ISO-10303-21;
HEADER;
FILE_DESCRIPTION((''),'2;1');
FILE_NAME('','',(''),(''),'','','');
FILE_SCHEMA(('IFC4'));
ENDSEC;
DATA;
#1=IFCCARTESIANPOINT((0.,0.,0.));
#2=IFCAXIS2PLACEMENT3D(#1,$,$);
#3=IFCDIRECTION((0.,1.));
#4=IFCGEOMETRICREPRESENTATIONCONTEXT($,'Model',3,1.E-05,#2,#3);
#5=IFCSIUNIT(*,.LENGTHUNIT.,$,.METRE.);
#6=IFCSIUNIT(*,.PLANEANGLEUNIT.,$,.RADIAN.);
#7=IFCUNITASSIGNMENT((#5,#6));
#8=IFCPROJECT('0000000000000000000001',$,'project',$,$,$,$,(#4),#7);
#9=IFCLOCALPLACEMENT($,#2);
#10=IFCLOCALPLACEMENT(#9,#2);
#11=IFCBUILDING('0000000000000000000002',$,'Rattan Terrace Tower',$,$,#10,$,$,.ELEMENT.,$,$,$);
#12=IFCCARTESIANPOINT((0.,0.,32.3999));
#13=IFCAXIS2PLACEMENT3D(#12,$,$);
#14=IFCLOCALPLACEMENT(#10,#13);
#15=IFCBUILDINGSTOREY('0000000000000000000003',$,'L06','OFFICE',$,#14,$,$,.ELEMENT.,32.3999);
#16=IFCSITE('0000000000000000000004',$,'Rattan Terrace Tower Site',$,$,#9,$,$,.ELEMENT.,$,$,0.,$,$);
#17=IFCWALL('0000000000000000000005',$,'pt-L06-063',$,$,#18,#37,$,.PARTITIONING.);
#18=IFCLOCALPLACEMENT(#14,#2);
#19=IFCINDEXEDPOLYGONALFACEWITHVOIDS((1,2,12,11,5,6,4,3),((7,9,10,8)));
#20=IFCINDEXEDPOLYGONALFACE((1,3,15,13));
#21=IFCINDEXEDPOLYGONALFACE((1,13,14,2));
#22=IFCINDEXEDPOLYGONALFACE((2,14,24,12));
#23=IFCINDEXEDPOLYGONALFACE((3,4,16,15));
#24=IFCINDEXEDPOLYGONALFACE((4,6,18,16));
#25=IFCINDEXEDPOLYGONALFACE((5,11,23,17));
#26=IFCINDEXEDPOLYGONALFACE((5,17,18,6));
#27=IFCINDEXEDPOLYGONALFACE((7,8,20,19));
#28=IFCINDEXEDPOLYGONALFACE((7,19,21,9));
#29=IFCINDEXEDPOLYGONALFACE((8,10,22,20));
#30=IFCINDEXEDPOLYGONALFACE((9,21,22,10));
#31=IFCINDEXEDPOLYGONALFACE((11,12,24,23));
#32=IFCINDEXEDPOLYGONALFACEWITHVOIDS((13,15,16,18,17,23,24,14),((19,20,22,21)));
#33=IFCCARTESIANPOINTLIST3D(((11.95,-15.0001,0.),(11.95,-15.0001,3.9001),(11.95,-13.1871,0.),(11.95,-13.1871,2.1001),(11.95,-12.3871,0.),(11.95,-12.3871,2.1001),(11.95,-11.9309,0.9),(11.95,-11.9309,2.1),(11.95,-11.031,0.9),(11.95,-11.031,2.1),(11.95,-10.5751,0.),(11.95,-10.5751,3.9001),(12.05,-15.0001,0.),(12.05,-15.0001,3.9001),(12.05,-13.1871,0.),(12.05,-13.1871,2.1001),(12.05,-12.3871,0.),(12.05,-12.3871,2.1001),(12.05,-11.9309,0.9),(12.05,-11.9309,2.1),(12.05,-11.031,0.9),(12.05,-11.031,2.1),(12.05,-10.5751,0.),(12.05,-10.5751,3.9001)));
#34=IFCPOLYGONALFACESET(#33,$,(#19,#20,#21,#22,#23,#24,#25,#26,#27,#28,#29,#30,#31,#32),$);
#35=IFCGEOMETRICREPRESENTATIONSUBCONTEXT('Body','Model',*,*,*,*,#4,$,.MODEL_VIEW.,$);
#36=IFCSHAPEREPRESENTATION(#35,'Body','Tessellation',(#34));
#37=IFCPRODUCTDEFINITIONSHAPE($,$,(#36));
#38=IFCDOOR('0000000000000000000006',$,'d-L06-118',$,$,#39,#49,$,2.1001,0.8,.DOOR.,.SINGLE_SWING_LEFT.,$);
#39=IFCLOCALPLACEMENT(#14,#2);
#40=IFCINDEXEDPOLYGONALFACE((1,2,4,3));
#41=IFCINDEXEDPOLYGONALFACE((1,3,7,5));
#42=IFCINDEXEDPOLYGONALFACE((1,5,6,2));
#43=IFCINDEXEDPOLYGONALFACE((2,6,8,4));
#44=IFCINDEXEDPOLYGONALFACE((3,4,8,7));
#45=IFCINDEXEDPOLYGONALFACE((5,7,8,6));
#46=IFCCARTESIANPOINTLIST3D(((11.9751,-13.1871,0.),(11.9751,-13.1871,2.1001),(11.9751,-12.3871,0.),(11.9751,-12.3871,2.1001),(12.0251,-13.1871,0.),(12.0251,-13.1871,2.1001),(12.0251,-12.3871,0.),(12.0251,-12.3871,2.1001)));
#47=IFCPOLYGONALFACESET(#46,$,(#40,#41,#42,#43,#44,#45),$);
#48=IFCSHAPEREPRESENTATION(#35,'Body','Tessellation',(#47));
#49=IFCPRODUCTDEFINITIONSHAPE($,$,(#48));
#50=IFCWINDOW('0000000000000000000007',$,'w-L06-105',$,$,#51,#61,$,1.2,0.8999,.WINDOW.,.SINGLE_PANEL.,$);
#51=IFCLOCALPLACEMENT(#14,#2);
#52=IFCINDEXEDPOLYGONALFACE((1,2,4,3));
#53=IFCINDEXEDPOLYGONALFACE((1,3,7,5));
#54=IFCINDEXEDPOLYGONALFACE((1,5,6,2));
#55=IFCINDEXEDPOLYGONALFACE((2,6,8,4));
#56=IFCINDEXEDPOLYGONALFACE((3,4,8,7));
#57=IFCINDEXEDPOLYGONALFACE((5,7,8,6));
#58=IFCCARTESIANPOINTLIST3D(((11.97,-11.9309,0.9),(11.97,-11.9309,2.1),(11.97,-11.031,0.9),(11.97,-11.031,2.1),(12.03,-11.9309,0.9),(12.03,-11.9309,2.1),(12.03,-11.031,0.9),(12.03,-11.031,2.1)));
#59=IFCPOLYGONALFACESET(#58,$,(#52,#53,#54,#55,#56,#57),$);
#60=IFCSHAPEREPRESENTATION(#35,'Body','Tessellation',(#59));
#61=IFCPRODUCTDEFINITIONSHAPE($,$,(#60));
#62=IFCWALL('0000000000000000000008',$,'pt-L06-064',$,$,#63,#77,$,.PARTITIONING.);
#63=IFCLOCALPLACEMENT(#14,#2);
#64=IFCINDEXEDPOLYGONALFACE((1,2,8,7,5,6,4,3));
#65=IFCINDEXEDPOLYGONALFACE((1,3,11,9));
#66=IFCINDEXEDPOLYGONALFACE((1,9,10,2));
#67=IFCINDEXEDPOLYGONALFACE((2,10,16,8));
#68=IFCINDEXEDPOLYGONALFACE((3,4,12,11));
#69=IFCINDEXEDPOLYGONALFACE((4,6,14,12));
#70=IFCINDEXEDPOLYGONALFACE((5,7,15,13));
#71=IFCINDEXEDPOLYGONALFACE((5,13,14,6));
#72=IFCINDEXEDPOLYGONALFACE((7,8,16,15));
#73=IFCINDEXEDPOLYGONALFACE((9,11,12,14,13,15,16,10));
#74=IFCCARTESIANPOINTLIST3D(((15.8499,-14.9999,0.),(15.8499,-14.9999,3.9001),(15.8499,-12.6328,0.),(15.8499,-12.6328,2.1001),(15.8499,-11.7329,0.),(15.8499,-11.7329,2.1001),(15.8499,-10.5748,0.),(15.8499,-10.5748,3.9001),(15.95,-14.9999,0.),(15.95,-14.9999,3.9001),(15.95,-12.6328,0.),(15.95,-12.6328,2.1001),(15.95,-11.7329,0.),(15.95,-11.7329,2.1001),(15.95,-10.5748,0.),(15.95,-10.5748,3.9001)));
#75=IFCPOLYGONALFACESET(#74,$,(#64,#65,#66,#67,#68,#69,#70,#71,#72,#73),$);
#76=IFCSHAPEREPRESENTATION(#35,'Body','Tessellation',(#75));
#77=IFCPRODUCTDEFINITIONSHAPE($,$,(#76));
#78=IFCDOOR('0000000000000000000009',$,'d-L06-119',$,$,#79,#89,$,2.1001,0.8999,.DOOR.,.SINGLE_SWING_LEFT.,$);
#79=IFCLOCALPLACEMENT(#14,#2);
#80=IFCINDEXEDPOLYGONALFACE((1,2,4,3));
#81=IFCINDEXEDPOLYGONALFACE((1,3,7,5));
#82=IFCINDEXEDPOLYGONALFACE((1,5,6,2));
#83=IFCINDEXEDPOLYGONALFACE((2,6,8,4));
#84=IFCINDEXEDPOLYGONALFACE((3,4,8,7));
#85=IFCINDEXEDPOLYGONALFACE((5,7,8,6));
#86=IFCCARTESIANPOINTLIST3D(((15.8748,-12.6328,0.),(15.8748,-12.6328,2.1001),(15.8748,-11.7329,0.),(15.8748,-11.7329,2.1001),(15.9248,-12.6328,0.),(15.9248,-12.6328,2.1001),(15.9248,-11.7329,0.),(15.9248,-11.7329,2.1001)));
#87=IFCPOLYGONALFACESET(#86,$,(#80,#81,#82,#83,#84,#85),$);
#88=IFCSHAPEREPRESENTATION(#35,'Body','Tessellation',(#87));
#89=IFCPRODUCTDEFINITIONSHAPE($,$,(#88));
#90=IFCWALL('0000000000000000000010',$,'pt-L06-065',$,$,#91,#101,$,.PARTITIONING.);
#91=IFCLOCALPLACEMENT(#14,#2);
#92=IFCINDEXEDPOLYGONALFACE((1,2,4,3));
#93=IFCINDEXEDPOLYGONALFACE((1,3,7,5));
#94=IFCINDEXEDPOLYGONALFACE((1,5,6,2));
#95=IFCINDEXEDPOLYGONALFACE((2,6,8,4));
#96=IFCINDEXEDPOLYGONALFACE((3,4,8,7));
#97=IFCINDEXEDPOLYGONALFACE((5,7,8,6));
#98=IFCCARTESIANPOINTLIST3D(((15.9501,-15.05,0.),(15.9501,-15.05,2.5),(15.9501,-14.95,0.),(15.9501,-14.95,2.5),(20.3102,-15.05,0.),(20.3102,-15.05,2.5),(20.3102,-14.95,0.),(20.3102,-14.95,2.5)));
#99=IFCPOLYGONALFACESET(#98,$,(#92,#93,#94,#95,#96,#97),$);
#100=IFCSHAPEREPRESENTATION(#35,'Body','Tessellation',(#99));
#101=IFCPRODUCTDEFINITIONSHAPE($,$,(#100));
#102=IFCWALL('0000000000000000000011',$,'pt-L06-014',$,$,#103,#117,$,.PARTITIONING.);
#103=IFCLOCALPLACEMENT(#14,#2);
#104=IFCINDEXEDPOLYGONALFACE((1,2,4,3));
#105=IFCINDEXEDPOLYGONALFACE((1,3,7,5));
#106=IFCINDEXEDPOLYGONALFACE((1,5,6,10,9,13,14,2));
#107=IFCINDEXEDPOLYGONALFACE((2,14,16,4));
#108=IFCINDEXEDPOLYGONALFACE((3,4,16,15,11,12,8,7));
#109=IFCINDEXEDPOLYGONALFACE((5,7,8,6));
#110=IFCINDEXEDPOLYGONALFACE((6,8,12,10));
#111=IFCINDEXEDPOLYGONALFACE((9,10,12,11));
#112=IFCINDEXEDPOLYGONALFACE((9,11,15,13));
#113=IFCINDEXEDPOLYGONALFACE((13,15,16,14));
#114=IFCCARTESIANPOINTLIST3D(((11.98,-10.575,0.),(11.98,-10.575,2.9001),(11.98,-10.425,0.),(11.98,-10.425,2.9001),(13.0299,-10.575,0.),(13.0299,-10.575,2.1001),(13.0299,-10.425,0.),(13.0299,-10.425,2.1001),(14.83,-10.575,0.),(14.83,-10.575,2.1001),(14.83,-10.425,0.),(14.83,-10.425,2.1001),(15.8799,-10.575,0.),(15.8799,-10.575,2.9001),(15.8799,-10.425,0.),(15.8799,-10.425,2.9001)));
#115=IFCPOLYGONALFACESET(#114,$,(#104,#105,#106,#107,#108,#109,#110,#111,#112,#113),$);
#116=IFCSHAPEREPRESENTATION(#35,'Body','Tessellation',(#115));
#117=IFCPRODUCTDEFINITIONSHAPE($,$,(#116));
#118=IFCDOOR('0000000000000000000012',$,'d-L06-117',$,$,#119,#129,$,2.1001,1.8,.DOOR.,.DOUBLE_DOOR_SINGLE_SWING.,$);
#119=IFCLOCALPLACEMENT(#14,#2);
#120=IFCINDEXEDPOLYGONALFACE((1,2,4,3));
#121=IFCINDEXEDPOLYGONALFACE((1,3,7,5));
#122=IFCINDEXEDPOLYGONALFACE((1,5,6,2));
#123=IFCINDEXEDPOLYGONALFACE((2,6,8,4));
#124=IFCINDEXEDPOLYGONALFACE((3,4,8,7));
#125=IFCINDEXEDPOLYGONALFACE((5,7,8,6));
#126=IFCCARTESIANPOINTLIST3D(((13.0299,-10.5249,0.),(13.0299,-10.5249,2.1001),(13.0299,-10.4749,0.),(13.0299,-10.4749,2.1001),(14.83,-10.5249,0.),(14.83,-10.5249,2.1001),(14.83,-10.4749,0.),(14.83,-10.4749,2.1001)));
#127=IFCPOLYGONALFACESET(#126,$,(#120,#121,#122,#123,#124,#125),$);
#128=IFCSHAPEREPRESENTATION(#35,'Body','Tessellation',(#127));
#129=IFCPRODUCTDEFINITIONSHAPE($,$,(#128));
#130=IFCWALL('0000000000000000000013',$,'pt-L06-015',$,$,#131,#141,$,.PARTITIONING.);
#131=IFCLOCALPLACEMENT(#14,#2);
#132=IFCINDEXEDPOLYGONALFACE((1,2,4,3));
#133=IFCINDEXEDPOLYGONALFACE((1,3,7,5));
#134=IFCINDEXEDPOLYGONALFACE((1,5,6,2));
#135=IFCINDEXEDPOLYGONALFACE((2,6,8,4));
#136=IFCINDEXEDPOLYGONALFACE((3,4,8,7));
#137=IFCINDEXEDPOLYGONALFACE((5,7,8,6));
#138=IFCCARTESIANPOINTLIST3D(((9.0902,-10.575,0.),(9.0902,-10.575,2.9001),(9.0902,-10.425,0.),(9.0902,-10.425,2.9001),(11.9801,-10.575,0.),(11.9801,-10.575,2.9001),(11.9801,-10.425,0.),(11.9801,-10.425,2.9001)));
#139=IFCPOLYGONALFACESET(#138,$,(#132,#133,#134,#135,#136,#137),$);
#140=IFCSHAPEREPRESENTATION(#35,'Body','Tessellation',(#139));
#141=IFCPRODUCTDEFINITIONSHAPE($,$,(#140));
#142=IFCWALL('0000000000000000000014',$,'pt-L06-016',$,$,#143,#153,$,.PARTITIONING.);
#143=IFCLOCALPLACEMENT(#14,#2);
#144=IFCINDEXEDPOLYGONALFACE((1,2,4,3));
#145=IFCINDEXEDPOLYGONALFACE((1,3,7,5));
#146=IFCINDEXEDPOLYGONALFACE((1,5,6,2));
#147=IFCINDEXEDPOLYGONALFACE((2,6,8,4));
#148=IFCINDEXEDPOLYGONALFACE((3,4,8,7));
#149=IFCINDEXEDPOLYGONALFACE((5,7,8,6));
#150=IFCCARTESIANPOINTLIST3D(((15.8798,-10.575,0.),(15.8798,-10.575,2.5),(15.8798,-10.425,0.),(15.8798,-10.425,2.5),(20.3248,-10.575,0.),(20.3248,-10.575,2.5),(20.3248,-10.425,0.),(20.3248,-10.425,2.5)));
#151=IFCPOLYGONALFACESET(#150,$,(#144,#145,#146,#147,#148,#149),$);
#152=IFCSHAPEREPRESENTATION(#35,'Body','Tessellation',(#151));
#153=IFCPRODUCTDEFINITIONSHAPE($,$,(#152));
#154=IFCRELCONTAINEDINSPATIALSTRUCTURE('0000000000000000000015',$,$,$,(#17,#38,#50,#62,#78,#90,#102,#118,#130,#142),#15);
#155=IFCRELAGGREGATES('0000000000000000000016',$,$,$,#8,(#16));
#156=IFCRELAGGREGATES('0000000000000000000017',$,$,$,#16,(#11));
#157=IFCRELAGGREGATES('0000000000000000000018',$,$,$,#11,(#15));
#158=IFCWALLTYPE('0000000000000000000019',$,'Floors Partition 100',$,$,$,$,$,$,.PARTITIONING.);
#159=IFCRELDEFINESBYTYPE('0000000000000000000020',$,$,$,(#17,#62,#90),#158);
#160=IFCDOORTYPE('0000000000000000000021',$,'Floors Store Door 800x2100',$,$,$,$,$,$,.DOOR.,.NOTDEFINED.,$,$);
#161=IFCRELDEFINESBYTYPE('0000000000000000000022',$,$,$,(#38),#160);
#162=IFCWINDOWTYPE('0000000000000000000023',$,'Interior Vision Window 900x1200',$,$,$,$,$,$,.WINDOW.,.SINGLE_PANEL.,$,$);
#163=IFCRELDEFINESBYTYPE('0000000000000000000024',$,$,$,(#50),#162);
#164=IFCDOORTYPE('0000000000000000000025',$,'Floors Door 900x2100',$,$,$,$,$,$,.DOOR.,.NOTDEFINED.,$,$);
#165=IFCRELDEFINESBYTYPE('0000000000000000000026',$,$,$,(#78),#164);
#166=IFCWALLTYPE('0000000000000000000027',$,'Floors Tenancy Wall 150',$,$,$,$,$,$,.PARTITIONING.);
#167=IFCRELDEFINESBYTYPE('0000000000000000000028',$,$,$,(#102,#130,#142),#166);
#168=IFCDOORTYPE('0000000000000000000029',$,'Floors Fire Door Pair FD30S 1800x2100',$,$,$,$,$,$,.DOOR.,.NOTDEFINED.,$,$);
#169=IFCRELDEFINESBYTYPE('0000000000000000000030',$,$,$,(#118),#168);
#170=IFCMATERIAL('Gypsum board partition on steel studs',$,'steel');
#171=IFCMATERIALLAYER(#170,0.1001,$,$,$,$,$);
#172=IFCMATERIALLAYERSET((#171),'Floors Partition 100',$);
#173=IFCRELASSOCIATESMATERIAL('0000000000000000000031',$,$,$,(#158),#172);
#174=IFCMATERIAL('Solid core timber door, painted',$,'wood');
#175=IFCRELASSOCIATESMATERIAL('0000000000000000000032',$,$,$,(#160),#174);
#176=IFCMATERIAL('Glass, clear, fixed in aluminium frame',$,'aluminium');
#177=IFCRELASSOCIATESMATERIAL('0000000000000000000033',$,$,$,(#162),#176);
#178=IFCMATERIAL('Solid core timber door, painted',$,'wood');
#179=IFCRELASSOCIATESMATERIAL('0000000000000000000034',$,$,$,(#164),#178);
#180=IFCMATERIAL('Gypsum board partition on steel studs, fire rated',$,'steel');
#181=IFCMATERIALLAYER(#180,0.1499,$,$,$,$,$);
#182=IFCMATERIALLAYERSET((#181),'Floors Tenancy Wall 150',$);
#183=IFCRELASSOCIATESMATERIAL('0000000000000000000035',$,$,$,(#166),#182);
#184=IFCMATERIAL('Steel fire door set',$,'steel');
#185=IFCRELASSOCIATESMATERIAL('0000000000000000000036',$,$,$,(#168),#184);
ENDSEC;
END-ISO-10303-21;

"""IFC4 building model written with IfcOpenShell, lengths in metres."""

from ifc_helpers import new_model, si_unit, direction, frame, frame_2d, origin, place, context, subcontext, project, spatial, rectangle, extrude, material, layer, layer_set, type_object, element, fill, save


model = new_model("IFC4")

# Units and contexts
model_context = context("Model", 3, precision=1e-05, world=origin(), true_north=direction((0.0, 1.0)))
body_context = subcontext(model_context, "Body", "Model", "MODEL_VIEW")
ifc_project = project(units=[si_unit("LENGTHUNIT", "METRE"), si_unit("PLANEANGLEUNIT", "RADIAN")], contexts=[model_context])

# Site, building, storey
site_placement = place(None, origin())
site = spatial("IfcSite", under=ifc_project, at=site_placement, Name="Rattan Terrace Tower Site", CompositionType="ELEMENT", RefElevation=0.0)
building_placement = place(site_placement, origin())
building = spatial("IfcBuilding", under=site, at=building_placement, Name="Rattan Terrace Tower", CompositionType="ELEMENT")
storey_placement = place(building_placement, frame((0.0, 0.0, 32.3999)))
storey = spatial("IfcBuildingStorey", under=building, at=storey_placement, Name="L06", Description="OFFICE", CompositionType="ELEMENT", Elevation=32.3999)

# Shared definitions
ifc_material_1 = material(Name="Gypsum board partition on steel studs", Category="steel")
ifc_layer_1 = layer(ifc_material_1, 0.1001)
ifc_layer_set_1 = layer_set([ifc_layer_1], Name="Floors Partition 100")
wall_type_1 = type_object("IfcWallType", Name="Floors Partition 100", PredefinedType="PARTITIONING", material=ifc_layer_set_1)

# Wall, openings, door, window
wall_1_placement = place(storey_placement, frame((12.0, -15.0, 0.0), z_axis=(0.0, 0.0, 1.0), x_axis=(0.0, 1.0, 0.0)))
wall_1 = element("IfcWall", 1, at=wall_1_placement, inside=storey, type_object=wall_type_1, Name="pt-L06-063", PredefinedType="PARTITIONING", context=body_context, shape_type="SweptSolid", body=[
    extrude(rectangle(XDim=4.425, YDim=0.1001, at=frame_2d((2.2124, 0.0))), origin(), (0.0, 0.0, 1.0), 3.9001),
])
opening_1_placement = place(wall_1_placement, frame((1.813, 0.0, 0.0)))
opening_1 = element("IfcOpeningElement", 2, at=opening_1_placement, cuts=wall_1, PredefinedType="OPENING", context=body_context, shape_type="SweptSolid", body=[
    extrude(rectangle(XDim=0.8, YDim=2.1001, at=frame_2d((0.3999, 1.05))), frame((0.0, 0.0605, 0.0), z_axis=(0.0, -1.0, 0.0), x_axis=(1.0, 0.0, 0.0)), (0.0, 0.0, 1.0), 0.1211),
])
opening_2_placement = place(wall_1_placement, frame((3.0691, 0.0, 0.8999)))
opening_2 = element("IfcOpeningElement", 3, at=opening_2_placement, cuts=wall_1, PredefinedType="OPENING", context=body_context, shape_type="SweptSolid", body=[
    extrude(rectangle(XDim=0.8999, YDim=1.2, at=frame_2d((0.45, 0.6001))), frame((0.0, 0.0605, 0.0), z_axis=(0.0, -1.0, 0.0), x_axis=(1.0, 0.0, 0.0)), (0.0, 0.0, 1.0), 0.1211),
])
ifc_material_2 = material(Name="Solid core timber door, painted", Category="wood")
door_type_1 = type_object("IfcDoorType", Name="Floors Store Door 800x2100", OperationType="NOTDEFINED", PredefinedType="DOOR", material=ifc_material_2)
door_1_placement = place(opening_1_placement, origin())
door_1 = element("IfcDoor", 4, at=door_1_placement, inside=storey, type_object=door_type_1, Name="d-L06-118", OperationType="SINGLE_SWING_LEFT", OverallHeight=2.1001, OverallWidth=0.8, PredefinedType="DOOR", context=body_context, shape_type="SweptSolid", body=[
    extrude(rectangle(XDim=0.8, YDim=2.1001, at=frame_2d((0.3999, 1.05))), frame((0.0, 0.0249, 0.0), z_axis=(0.0, -1.0, 0.0), x_axis=(1.0, 0.0, 0.0)), (0.0, 0.0, 1.0), 0.05),
])
fill(opening_1, door_1)
ifc_material_3 = material(Name="Glass, clear, fixed in aluminium frame", Category="aluminium")
window_type_1 = type_object("IfcWindowType", Name="Interior Vision Window 900x1200", PartitioningType="SINGLE_PANEL", PredefinedType="WINDOW", material=ifc_material_3)
window_1_placement = place(opening_2_placement, origin())
window_1 = element("IfcWindow", 5, at=window_1_placement, inside=storey, type_object=window_type_1, Name="w-L06-105", OverallHeight=1.2, OverallWidth=0.8999, PartitioningType="SINGLE_PANEL", PredefinedType="WINDOW", context=body_context, shape_type="SweptSolid", body=[
    extrude(rectangle(XDim=0.8999, YDim=1.2, at=frame_2d((0.45, 0.6001))), frame((0.0, 0.03, 0.0), z_axis=(0.0, -1.0, 0.0), x_axis=(1.0, 0.0, 0.0)), (0.0, 0.0, 1.0), 0.0601),
])
fill(opening_2, window_1)

# Wall, opening, door
wall_2_placement = place(storey_placement, frame((15.8999, -10.575, 0.0), z_axis=(0.0, 0.0, 1.0), x_axis=(0.0, -1.0, 0.0)))
wall_2 = element("IfcWall", 6, at=wall_2_placement, inside=storey, type_object=wall_type_1, Name="pt-L06-064", PredefinedType="PARTITIONING", context=body_context, shape_type="SweptSolid", body=[
    extrude(rectangle(XDim=4.425, YDim=0.1001, at=frame_2d((2.2124, 0.0))), origin(), (0.0, 0.0, 1.0), 3.9001),
])
opening_3_placement = place(wall_2_placement, frame((1.158, 0.0, 0.0)))
opening_3 = element("IfcOpeningElement", 7, at=opening_3_placement, cuts=wall_2, PredefinedType="OPENING", context=body_context, shape_type="SweptSolid", body=[
    extrude(rectangle(XDim=0.8999, YDim=2.1001, at=frame_2d((0.45, 1.05))), frame((0.0, 0.0605, 0.0), z_axis=(0.0, -1.0, 0.0), x_axis=(1.0, 0.0, 0.0)), (0.0, 0.0, 1.0), 0.1211),
])
ifc_material_4 = material(Name="Solid core timber door, painted", Category="wood")
door_type_2 = type_object("IfcDoorType", Name="Floors Door 900x2100", OperationType="NOTDEFINED", PredefinedType="DOOR", material=ifc_material_4)
door_2_placement = place(opening_3_placement, origin())
door_2 = element("IfcDoor", 8, at=door_2_placement, inside=storey, type_object=door_type_2, Name="d-L06-119", OperationType="SINGLE_SWING_LEFT", OverallHeight=2.1001, OverallWidth=0.8999, PredefinedType="DOOR", context=body_context, shape_type="SweptSolid", body=[
    extrude(rectangle(XDim=0.8999, YDim=2.1001, at=frame_2d((0.45, 1.05))), frame((0.0, 0.0249, 0.0), z_axis=(0.0, -1.0, 0.0), x_axis=(1.0, 0.0, 0.0)), (0.0, 0.0, 1.0), 0.05),
])
fill(opening_3, door_2)

# Wall
wall_3_placement = place(storey_placement, frame((15.95, -15.0, 0.0), z_axis=(0.0, 0.0, 1.0), x_axis=(1.0, 0.0, 0.0)))
element("IfcWall", 9, at=wall_3_placement, inside=storey, type_object=wall_type_1, Name="pt-L06-065", PredefinedType="PARTITIONING", context=body_context, shape_type="SweptSolid", body=[
    extrude(rectangle(XDim=4.3601, YDim=0.1001, at=frame_2d((2.1802, 0.0))), origin(), (0.0, 0.0, 1.0), 2.5),
])

# Wall, opening, door
ifc_material_5 = material(Name="Gypsum board partition on steel studs, fire rated", Category="steel")
ifc_layer_2 = layer(ifc_material_5, 0.1499)
ifc_layer_set_2 = layer_set([ifc_layer_2], Name="Floors Tenancy Wall 150")
wall_type_2 = type_object("IfcWallType", Name="Floors Tenancy Wall 150", PredefinedType="PARTITIONING", material=ifc_layer_set_2)
wall_4_placement = place(storey_placement, frame((15.8799, -10.5, 0.0), z_axis=(0.0, 0.0, 1.0), x_axis=(-1.0, 0.0, 0.0)))
wall_4 = element("IfcWall", 10, at=wall_4_placement, inside=storey, type_object=wall_type_2, Name="pt-L06-014", PredefinedType="PARTITIONING", context=body_context, shape_type="SweptSolid", body=[
    extrude(rectangle(XDim=3.8999, YDim=0.1499, at=frame_2d((1.95, 0.0))), origin(), (0.0, 0.0, 1.0), 2.9001),
])
opening_4_placement = place(wall_4_placement, frame((1.05, 0.0, 0.0)))
opening_4 = element("IfcOpeningElement", 11, at=opening_4_placement, cuts=wall_4, PredefinedType="OPENING", context=body_context, shape_type="SweptSolid", body=[
    extrude(rectangle(XDim=1.8, YDim=2.1001, at=frame_2d((0.8999, 1.05))), frame((0.0, 0.0854, 0.0), z_axis=(0.0, -1.0, 0.0), x_axis=(1.0, 0.0, 0.0)), (0.0, 0.0, 1.0), 0.1709),
])
ifc_material_6 = material(Name="Steel fire door set", Category="steel")
door_type_3 = type_object("IfcDoorType", Name="Floors Fire Door Pair FD30S 1800x2100", OperationType="NOTDEFINED", PredefinedType="DOOR", material=ifc_material_6)
door_3_placement = place(opening_4_placement, origin())
door_3 = element("IfcDoor", 12, at=door_3_placement, inside=storey, type_object=door_type_3, Name="d-L06-117", OperationType="DOUBLE_DOOR_SINGLE_SWING", OverallHeight=2.1001, OverallWidth=1.8, PredefinedType="DOOR", context=body_context, shape_type="SweptSolid", body=[
    extrude(rectangle(XDim=1.8, YDim=2.1001, at=frame_2d((0.8999, 1.05))), frame((0.0, 0.0249, 0.0), z_axis=(0.0, -1.0, 0.0), x_axis=(1.0, 0.0, 0.0)), (0.0, 0.0, 1.0), 0.05),
])
fill(opening_4, door_3)

# Walls
wall_5_placement = place(storey_placement, frame((11.98, -10.5, 0.0), z_axis=(0.0, 0.0, 1.0), x_axis=(-1.0, 0.0, 0.0)))
element("IfcWall", 13, at=wall_5_placement, inside=storey, type_object=wall_type_2, Name="pt-L06-015", PredefinedType="PARTITIONING", context=body_context, shape_type="SweptSolid", body=[
    extrude(rectangle(XDim=2.8899, YDim=0.1499, at=frame_2d((1.4448, 0.0))), origin(), (0.0, 0.0, 1.0), 2.9001),
])
wall_6_placement = place(storey_placement, frame((20.325, -10.5, 0.0), z_axis=(0.0, 0.0, 1.0), x_axis=(-1.0, 0.0, 0.0)))
element("IfcWall", 14, at=wall_6_placement, inside=storey, type_object=wall_type_2, Name="pt-L06-016", PredefinedType="PARTITIONING", context=body_context, shape_type="SweptSolid", body=[
    extrude(rectangle(XDim=4.4451, YDim=0.1499, at=frame_2d((2.2227, 0.0))), origin(), (0.0, 0.0, 1.0), 2.5),
])

save(model, "model.ifc")
